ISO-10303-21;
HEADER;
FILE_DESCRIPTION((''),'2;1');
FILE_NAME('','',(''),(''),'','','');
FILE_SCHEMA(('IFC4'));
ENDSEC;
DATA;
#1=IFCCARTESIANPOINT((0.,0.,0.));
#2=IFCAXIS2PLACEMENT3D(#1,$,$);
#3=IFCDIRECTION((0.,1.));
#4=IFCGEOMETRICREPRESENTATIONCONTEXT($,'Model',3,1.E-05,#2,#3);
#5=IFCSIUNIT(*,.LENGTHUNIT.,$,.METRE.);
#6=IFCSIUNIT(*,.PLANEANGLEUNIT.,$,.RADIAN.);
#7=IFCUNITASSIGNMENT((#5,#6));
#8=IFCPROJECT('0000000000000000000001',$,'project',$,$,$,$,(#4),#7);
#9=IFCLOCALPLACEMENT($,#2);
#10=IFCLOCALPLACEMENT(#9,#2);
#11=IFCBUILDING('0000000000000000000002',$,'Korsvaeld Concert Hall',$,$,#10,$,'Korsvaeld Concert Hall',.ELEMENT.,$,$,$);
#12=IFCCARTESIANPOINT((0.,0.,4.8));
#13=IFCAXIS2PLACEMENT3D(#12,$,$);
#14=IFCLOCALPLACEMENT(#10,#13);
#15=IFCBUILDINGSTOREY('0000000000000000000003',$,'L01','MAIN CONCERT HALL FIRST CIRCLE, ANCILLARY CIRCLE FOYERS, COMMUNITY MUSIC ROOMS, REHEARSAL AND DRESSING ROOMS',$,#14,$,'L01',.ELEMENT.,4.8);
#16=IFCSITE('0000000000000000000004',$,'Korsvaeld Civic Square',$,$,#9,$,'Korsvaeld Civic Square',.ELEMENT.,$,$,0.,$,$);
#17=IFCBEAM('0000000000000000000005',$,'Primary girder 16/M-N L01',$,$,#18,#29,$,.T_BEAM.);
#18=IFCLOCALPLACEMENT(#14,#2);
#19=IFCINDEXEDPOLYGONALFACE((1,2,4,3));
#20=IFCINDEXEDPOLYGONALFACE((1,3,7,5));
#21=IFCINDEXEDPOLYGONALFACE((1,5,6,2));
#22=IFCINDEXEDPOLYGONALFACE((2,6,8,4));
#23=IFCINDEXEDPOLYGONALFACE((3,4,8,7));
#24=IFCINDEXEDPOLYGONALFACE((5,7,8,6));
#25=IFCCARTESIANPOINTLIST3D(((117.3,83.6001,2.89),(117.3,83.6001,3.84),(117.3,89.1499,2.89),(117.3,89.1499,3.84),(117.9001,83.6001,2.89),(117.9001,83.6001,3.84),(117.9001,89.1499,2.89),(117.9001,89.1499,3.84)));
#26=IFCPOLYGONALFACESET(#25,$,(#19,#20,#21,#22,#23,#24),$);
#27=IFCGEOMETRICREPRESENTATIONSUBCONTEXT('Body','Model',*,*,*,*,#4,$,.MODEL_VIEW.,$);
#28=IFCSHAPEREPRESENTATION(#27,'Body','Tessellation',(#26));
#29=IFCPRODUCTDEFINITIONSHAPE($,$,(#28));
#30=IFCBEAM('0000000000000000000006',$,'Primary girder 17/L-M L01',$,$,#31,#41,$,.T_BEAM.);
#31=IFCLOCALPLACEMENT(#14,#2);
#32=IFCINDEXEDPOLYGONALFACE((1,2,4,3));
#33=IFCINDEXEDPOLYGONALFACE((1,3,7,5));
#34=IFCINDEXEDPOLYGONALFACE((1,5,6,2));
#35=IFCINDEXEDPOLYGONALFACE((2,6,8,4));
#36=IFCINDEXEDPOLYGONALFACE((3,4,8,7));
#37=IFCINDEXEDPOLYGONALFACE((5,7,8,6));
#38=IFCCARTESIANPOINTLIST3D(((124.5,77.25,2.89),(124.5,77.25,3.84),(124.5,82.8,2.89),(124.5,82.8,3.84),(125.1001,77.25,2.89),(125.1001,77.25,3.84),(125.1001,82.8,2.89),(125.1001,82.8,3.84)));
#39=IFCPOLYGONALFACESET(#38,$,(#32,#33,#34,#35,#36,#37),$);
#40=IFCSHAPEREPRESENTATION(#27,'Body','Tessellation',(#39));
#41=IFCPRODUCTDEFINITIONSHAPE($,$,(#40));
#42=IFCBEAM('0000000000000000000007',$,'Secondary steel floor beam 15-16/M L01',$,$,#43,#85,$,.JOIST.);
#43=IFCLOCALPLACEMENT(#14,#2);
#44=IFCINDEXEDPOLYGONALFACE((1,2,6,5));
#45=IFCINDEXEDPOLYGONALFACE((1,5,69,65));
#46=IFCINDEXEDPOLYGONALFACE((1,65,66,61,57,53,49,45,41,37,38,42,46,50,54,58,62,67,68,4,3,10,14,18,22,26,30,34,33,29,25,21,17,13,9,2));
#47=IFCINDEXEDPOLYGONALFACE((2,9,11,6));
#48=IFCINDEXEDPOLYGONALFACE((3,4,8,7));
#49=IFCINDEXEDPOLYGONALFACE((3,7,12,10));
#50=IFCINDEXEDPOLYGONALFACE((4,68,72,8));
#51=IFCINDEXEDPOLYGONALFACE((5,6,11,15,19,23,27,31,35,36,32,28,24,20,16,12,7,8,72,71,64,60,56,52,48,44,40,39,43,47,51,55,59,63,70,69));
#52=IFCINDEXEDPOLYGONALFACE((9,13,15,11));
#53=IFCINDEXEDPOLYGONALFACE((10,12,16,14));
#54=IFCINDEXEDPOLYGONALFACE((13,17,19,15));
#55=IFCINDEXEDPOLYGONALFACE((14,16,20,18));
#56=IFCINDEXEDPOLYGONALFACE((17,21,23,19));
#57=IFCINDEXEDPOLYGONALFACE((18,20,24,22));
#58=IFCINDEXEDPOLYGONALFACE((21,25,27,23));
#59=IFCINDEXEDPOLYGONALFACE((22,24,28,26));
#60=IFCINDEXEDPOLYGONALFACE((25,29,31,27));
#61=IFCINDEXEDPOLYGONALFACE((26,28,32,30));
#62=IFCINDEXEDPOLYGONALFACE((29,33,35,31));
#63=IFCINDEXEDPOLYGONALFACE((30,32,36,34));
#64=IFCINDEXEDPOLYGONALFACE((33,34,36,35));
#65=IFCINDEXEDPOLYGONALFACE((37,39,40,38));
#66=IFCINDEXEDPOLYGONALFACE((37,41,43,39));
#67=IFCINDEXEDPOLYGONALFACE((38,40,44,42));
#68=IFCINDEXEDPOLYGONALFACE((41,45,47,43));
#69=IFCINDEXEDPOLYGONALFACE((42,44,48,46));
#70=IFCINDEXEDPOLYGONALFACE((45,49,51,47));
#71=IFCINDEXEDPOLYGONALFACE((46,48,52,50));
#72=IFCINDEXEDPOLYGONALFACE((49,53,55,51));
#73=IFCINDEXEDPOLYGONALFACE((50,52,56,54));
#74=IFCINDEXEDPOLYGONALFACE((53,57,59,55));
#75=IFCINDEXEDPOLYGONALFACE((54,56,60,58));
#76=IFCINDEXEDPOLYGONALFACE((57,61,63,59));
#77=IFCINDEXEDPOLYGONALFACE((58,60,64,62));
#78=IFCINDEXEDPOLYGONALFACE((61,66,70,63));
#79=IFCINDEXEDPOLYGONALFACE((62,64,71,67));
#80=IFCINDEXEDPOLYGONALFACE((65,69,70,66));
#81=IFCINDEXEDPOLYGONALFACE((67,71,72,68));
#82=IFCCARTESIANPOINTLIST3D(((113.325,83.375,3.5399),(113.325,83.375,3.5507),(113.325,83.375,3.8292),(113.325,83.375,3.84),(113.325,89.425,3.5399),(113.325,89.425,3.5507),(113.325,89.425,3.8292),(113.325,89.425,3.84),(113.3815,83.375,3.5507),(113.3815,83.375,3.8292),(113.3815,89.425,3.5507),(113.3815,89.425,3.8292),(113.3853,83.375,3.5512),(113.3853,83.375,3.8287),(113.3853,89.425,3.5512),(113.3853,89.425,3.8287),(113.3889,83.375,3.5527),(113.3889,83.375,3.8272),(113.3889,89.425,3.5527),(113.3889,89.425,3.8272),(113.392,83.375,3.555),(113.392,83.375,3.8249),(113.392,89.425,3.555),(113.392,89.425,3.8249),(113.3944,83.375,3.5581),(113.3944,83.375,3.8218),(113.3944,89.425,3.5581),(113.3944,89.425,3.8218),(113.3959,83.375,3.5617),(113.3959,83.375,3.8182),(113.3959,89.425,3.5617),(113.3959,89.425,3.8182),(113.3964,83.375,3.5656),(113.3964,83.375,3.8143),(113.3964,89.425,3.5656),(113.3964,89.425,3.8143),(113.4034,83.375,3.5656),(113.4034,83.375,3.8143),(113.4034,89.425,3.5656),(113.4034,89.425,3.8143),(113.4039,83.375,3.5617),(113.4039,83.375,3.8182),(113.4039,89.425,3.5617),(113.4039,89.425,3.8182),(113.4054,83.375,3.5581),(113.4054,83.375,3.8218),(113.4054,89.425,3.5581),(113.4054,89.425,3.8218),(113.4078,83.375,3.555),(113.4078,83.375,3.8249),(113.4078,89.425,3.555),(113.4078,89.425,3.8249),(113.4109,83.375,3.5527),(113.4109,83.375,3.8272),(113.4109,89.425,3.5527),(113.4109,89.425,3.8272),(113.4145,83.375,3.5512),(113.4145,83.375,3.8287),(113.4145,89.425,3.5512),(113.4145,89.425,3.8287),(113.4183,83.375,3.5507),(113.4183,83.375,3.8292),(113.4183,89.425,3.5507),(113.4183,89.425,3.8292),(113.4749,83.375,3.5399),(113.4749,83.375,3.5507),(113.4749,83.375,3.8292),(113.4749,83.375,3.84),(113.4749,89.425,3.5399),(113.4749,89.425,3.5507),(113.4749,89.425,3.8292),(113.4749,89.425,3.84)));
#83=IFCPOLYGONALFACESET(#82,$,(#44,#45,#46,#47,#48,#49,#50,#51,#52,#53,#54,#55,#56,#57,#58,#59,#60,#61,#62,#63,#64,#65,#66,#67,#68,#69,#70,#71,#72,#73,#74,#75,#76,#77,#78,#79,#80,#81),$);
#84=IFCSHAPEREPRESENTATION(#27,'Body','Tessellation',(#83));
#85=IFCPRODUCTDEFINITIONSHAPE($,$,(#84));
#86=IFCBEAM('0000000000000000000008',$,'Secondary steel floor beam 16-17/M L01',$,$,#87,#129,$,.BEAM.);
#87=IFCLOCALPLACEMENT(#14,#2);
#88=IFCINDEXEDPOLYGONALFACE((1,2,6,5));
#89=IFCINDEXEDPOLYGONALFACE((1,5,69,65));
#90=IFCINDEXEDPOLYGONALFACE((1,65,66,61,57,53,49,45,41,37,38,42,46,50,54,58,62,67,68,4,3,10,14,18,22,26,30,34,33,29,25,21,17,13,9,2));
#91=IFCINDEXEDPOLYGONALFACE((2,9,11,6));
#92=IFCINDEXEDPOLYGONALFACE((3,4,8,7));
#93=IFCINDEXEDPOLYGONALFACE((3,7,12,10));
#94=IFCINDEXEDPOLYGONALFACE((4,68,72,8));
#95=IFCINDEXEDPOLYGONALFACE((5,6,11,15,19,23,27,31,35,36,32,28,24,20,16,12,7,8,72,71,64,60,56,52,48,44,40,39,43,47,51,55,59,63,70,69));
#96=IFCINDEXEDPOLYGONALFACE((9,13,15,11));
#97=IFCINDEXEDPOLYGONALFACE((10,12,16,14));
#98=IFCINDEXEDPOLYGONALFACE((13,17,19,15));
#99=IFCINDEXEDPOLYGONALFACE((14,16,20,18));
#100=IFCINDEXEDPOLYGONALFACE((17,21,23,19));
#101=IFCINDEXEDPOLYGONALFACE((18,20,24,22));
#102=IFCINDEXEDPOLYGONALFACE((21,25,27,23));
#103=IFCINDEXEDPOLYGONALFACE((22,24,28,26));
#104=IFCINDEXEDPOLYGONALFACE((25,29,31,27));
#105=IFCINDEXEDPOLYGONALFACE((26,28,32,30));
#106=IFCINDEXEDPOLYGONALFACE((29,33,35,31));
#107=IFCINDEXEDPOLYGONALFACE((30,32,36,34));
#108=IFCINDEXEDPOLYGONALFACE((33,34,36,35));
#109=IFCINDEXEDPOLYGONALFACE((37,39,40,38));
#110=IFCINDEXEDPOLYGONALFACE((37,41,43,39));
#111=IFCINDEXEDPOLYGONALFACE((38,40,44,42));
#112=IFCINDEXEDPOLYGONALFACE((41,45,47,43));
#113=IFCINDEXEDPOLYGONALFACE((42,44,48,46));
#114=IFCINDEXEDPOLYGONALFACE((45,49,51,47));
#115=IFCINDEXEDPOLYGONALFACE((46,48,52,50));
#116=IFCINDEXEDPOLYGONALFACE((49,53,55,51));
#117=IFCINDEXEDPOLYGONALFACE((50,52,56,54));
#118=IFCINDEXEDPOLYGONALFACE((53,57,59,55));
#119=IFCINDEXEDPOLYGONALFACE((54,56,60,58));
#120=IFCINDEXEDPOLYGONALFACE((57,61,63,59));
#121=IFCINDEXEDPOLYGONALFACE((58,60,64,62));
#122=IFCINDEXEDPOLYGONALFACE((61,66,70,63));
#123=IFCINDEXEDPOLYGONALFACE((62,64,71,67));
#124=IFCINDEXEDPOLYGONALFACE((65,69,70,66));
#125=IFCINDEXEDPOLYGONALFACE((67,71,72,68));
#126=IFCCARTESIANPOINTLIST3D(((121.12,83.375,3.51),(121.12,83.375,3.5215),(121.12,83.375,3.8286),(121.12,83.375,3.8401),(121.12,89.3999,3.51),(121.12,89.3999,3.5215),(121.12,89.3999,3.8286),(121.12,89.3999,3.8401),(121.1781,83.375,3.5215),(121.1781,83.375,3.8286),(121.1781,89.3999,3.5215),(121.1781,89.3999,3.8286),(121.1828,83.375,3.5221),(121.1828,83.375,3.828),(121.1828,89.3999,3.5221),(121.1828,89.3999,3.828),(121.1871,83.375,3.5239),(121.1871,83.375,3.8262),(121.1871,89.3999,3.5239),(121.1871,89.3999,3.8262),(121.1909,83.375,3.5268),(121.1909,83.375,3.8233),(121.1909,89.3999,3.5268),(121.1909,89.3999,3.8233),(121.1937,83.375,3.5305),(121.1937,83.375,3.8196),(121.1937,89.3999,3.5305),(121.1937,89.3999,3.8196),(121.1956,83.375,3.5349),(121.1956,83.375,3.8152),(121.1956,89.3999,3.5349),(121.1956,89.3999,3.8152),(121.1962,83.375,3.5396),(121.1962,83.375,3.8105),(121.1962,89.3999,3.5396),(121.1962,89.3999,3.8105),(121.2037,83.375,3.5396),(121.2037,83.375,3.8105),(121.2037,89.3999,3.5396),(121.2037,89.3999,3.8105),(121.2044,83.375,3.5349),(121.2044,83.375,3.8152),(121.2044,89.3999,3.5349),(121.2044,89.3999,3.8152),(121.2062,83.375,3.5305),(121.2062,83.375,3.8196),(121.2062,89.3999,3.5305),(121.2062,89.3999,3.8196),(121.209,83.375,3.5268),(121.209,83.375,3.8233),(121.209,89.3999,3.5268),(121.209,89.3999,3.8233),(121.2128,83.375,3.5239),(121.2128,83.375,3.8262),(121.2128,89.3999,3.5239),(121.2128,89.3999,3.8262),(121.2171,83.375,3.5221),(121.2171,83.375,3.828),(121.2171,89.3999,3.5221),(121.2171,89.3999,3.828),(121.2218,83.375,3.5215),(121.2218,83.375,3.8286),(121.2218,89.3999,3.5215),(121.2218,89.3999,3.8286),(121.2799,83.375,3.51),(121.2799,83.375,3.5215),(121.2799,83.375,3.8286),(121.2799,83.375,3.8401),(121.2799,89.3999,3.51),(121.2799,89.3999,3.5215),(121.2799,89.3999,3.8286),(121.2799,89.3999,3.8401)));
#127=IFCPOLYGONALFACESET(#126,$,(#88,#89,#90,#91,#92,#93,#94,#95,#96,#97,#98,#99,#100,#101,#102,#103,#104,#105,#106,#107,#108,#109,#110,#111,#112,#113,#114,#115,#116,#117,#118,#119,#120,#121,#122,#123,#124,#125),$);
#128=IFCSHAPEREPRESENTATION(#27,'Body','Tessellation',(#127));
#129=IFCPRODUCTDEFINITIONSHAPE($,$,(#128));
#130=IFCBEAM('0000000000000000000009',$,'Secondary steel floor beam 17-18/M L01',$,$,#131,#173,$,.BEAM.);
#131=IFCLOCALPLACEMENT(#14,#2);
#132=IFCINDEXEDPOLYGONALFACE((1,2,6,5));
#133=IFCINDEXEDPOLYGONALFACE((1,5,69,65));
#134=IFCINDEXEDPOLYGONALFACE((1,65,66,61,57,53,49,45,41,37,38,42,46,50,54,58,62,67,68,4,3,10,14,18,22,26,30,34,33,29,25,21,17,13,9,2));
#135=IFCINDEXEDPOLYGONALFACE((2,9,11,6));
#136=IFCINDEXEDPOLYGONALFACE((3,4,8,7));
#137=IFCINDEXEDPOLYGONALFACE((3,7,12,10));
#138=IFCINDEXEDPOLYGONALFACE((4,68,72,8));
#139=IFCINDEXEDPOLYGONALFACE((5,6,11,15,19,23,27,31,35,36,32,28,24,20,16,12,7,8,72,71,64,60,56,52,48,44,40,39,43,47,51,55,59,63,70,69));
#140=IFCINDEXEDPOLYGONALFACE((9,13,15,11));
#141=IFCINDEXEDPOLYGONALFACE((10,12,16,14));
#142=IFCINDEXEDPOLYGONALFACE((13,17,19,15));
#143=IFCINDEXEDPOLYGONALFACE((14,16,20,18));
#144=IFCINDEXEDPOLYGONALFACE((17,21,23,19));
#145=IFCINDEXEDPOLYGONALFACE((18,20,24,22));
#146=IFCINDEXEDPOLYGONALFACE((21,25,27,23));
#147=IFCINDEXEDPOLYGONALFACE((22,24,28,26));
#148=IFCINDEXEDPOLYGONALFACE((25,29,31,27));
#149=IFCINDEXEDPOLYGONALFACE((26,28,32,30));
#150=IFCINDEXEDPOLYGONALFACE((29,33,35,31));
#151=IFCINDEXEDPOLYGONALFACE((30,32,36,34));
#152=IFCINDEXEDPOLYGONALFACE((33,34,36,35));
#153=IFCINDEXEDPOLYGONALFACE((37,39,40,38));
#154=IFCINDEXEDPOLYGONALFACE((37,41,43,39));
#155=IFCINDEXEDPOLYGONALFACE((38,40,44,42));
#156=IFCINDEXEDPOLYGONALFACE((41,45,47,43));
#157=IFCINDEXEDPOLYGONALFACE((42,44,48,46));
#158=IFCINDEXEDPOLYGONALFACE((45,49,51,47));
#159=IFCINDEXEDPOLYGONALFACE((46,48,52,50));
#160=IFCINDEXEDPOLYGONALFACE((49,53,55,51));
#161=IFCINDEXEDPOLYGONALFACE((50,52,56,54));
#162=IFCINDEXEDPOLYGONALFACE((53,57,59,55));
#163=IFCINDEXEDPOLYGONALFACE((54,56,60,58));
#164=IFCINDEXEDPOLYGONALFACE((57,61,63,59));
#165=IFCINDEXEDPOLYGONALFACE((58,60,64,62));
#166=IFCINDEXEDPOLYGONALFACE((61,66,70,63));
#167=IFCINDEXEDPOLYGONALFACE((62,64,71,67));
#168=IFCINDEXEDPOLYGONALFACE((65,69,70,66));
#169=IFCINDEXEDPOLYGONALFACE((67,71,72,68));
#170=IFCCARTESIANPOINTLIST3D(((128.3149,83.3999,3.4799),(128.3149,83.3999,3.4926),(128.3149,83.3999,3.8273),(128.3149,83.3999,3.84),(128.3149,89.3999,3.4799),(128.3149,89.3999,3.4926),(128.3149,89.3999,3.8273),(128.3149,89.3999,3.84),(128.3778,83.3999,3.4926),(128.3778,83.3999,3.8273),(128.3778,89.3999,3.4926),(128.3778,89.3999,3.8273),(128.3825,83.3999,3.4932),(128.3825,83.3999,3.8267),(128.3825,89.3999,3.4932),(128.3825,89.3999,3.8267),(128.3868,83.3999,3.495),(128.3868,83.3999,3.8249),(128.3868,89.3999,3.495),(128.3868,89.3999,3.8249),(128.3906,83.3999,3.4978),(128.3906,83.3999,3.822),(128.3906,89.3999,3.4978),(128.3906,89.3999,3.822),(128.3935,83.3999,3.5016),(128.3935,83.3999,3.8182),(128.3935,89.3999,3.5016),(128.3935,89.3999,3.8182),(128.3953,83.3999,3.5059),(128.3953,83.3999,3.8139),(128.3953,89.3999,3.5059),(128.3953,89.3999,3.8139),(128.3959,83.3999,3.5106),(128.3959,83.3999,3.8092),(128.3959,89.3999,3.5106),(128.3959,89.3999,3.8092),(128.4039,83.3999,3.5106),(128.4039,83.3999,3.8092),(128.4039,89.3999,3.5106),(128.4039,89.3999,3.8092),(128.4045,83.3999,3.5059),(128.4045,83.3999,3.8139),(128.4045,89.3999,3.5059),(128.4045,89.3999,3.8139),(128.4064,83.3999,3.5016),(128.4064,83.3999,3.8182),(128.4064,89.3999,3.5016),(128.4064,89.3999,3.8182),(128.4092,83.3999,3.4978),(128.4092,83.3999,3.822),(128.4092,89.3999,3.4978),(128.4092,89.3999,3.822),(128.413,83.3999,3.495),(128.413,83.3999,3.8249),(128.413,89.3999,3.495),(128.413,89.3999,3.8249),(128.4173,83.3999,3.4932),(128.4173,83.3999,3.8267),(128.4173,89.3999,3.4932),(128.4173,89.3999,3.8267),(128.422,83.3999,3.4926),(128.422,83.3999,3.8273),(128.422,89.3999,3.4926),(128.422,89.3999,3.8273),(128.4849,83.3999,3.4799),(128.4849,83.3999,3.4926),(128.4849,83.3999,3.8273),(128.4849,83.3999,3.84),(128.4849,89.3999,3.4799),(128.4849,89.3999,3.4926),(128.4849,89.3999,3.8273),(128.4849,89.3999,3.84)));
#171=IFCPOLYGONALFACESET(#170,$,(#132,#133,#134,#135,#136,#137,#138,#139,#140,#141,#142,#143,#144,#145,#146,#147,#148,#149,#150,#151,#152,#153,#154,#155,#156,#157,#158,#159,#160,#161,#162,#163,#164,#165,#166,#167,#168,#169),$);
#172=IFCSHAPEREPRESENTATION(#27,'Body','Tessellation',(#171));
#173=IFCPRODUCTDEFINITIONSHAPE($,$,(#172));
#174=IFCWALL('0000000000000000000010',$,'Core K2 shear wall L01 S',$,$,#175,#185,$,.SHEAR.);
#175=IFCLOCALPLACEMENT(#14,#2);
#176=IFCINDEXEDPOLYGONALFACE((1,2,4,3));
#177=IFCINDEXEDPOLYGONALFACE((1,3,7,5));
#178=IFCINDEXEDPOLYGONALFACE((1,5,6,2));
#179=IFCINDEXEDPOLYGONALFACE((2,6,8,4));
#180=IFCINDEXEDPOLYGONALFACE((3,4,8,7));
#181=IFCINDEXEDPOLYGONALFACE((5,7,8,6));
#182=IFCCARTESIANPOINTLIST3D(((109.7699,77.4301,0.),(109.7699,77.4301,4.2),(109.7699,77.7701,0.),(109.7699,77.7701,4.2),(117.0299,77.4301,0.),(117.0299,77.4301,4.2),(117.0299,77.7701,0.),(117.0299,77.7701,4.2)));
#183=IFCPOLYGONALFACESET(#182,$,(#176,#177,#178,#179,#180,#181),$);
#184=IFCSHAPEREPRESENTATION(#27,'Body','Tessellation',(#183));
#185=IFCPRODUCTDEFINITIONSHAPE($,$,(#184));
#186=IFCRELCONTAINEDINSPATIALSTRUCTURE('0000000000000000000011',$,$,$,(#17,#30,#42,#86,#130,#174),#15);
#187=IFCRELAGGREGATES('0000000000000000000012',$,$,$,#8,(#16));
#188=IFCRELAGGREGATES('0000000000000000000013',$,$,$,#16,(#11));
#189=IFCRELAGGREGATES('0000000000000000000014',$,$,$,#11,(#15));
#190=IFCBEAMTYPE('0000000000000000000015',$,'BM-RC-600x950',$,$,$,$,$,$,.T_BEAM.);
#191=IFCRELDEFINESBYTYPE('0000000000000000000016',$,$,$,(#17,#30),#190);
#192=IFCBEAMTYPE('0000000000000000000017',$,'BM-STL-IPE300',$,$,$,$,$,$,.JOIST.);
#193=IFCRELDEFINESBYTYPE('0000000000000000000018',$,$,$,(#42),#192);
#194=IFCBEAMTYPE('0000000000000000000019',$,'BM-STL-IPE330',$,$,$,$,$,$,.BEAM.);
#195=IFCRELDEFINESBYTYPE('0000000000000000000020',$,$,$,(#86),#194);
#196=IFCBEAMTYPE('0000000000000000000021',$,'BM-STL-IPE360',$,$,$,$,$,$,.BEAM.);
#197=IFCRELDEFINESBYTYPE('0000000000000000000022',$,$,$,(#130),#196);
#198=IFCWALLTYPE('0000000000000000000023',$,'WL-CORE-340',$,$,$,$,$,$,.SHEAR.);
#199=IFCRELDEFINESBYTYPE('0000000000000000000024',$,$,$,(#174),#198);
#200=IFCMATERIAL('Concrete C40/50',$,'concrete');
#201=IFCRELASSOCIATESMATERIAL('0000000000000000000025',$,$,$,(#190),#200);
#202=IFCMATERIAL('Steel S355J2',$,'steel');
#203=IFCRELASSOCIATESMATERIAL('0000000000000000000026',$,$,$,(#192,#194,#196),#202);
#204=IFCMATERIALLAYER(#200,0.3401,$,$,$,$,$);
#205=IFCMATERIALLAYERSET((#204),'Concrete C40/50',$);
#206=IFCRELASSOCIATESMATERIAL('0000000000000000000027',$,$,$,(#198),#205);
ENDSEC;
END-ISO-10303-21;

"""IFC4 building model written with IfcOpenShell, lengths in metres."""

from ifc_helpers import new_model, si_unit, direction, frame, frame_2d, origin, origin_2d, place, context, subcontext, project, spatial, rectangle, i_section, extrude, material, layer, layer_set, material_profile, profile_set, type_object, element, save


model = new_model("IFC4")

# Units and contexts
model_context = context("Model", 3, precision=1e-05, world=origin(), true_north=direction((0.0, 1.0)))
body_context = subcontext(model_context, "Body", "Model", "MODEL_VIEW")
ifc_project = project(units=[si_unit("LENGTHUNIT", "METRE"), si_unit("PLANEANGLEUNIT", "RADIAN")], contexts=[model_context])

# Site, building, storey
site_placement = place(None, origin())
site = spatial("IfcSite", under=ifc_project, at=site_placement, Name="Korsvaeld Civic Square", LongName="Korsvaeld Civic Square", CompositionType="ELEMENT", RefElevation=0.0)
building_placement = place(site_placement, origin())
building = spatial("IfcBuilding", under=site, at=building_placement, Name="Korsvaeld Concert Hall", LongName="Korsvaeld Concert Hall", CompositionType="ELEMENT")
storey_placement = place(building_placement, frame((0.0, 0.0, 4.8)))
storey = spatial("IfcBuildingStorey", under=building, at=storey_placement, Name="L01", Description="MAIN CONCERT HALL FIRST CIRCLE, ANCILLARY CIRCLE FOYERS, COMMUNITY MUSIC ROOMS, REHEARSAL AND DRESSING ROOMS", LongName="L01", CompositionType="ELEMENT", Elevation=4.8)

# Shared definitions
ifc_material_1 = material(Name="Concrete C40/50", Category="concrete")

# Beams
ifc_material_profile_1 = material_profile(ifc_material_1, rectangle(XDim=0.6001, YDim=0.95, at=origin_2d()), Name="RC 600x950")
ifc_profile_set_1 = profile_set([ifc_material_profile_1], Name="Concrete C40/50")
beam_type_1 = type_object("IfcBeamType", Name="BM-RC-600x950", PredefinedType="T_BEAM", material=ifc_profile_set_1)
beam_1_placement = place(storey_placement, frame((117.6001, 83.6001, 3.365), z_axis=(0.0, 1.0, 0.0), x_axis=(-1.0, 0.0, 0.0)))
element("IfcBeam", 1, at=beam_1_placement, inside=storey, type_object=beam_type_1, Name="Primary girder 16/M-N L01", PredefinedType="T_BEAM", context=body_context, shape_type="SweptSolid", body=[
    extrude(rectangle(XDim=0.6001, YDim=0.95, at=origin_2d()), origin(), (0.0, 0.0, 1.0), 5.5498),
])
beam_2_placement = place(storey_placement, frame((124.8, 77.25, 3.365), z_axis=(0.0, 1.0, 0.0), x_axis=(-1.0, 0.0, 0.0)))
element("IfcBeam", 2, at=beam_2_placement, inside=storey, type_object=beam_type_1, Name="Primary girder 17/L-M L01", PredefinedType="T_BEAM", context=body_context, shape_type="SweptSolid", body=[
    extrude(rectangle(XDim=0.6001, YDim=0.95, at=origin_2d()), origin(), (0.0, 0.0, 1.0), 5.55),
])
ifc_material_2 = material(Name="Steel S355J2", Category="steel")
ifc_material_profile_2 = material_profile(ifc_material_2, i_section(OverallWidth=0.1499, OverallDepth=0.3, WebThickness=0.0071, FlangeThickness=0.0107, FilletRadius=0.0149, at=origin_2d()), Name="IPE 300")
ifc_profile_set_2 = profile_set([ifc_material_profile_2], Name="Steel S355J2")
beam_type_2 = type_object("IfcBeamType", Name="BM-STL-IPE300", PredefinedType="JOIST", material=ifc_profile_set_2)
beam_3_placement = place(storey_placement, frame((113.3999, 83.375, 3.6899), z_axis=(0.0, 1.0, 0.0), x_axis=(-1.0, 0.0, 0.0)))
element("IfcBeam", 3, at=beam_3_placement, inside=storey, type_object=beam_type_2, Name="Secondary steel floor beam 15-16/M L01", PredefinedType="JOIST", context=body_context, shape_type="SweptSolid", body=[
    extrude(i_section(OverallWidth=0.1499, OverallDepth=0.3, WebThickness=0.0071, FlangeThickness=0.0107, FilletRadius=0.0149, at=origin_2d()), origin(), (0.0, 0.0, 1.0), 6.05),
])
ifc_material_profile_3 = material_profile(ifc_material_2, i_section(OverallWidth=0.1599, OverallDepth=0.3301, WebThickness=0.0076, FlangeThickness=0.0115, FilletRadius=0.0181, at=origin_2d()), Name="IPE 330")
ifc_profile_set_3 = profile_set([ifc_material_profile_3], Name="Steel S355J2")
beam_type_3 = type_object("IfcBeamType", Name="BM-STL-IPE330", PredefinedType="BEAM", material=ifc_profile_set_3)
beam_4_placement = place(storey_placement, frame((121.2, 83.375, 3.675), z_axis=(0.0, 1.0, 0.0), x_axis=(-1.0, 0.0, 0.0)))
element("IfcBeam", 4, at=beam_4_placement, inside=storey, type_object=beam_type_3, Name="Secondary steel floor beam 16-17/M L01", PredefinedType="BEAM", context=body_context, shape_type="SweptSolid", body=[
    extrude(i_section(OverallWidth=0.1599, OverallDepth=0.3301, WebThickness=0.0076, FlangeThickness=0.0115, FilletRadius=0.0181, at=origin_2d()), origin(), (0.0, 0.0, 1.0), 6.0249),
])
ifc_material_profile_4 = material_profile(ifc_material_2, i_section(OverallWidth=0.1699, OverallDepth=0.3601, WebThickness=0.0081, FlangeThickness=0.0127, FilletRadius=0.0181, at=origin_2d()), Name="IPE 360")
ifc_profile_set_4 = profile_set([ifc_material_profile_4], Name="Steel S355J2")
beam_type_4 = type_object("IfcBeamType", Name="BM-STL-IPE360", PredefinedType="BEAM", material=ifc_profile_set_4)
beam_5_placement = place(storey_placement, frame((128.3999, 83.3999, 3.6599), z_axis=(0.0, 1.0, 0.0), x_axis=(-1.0, 0.0, 0.0)))
element("IfcBeam", 5, at=beam_5_placement, inside=storey, type_object=beam_type_4, Name="Secondary steel floor beam 17-18/M L01", PredefinedType="BEAM", context=body_context, shape_type="SweptSolid", body=[
    extrude(i_section(OverallWidth=0.1699, OverallDepth=0.3601, WebThickness=0.0081, FlangeThickness=0.0127, FilletRadius=0.0181, at=origin_2d()), origin(), (0.0, 0.0, 1.0), 6.0),
])

# Wall
ifc_layer = layer(ifc_material_1, 0.3401)
ifc_layer_set = layer_set([ifc_layer], Name="Concrete C40/50")
wall_type = type_object("IfcWallType", Name="WL-CORE-340", PredefinedType="SHEAR", material=ifc_layer_set)
wall_1_placement = place(storey_placement, frame((109.77, 77.6001, 0.0), z_axis=(0.0, 0.0, 1.0), x_axis=(1.0, 0.0, 0.0)))
element("IfcWall", 6, at=wall_1_placement, inside=storey, type_object=wall_type, Name="Core K2 shear wall L01 S", PredefinedType="SHEAR", context=body_context, shape_type="SweptSolid", body=[
    extrude(rectangle(XDim=7.26, YDim=0.3401, at=frame_2d((3.6299, 0.0))), origin(), (0.0, 0.0, 1.0), 4.2),
])

save(model, "model.ifc")
